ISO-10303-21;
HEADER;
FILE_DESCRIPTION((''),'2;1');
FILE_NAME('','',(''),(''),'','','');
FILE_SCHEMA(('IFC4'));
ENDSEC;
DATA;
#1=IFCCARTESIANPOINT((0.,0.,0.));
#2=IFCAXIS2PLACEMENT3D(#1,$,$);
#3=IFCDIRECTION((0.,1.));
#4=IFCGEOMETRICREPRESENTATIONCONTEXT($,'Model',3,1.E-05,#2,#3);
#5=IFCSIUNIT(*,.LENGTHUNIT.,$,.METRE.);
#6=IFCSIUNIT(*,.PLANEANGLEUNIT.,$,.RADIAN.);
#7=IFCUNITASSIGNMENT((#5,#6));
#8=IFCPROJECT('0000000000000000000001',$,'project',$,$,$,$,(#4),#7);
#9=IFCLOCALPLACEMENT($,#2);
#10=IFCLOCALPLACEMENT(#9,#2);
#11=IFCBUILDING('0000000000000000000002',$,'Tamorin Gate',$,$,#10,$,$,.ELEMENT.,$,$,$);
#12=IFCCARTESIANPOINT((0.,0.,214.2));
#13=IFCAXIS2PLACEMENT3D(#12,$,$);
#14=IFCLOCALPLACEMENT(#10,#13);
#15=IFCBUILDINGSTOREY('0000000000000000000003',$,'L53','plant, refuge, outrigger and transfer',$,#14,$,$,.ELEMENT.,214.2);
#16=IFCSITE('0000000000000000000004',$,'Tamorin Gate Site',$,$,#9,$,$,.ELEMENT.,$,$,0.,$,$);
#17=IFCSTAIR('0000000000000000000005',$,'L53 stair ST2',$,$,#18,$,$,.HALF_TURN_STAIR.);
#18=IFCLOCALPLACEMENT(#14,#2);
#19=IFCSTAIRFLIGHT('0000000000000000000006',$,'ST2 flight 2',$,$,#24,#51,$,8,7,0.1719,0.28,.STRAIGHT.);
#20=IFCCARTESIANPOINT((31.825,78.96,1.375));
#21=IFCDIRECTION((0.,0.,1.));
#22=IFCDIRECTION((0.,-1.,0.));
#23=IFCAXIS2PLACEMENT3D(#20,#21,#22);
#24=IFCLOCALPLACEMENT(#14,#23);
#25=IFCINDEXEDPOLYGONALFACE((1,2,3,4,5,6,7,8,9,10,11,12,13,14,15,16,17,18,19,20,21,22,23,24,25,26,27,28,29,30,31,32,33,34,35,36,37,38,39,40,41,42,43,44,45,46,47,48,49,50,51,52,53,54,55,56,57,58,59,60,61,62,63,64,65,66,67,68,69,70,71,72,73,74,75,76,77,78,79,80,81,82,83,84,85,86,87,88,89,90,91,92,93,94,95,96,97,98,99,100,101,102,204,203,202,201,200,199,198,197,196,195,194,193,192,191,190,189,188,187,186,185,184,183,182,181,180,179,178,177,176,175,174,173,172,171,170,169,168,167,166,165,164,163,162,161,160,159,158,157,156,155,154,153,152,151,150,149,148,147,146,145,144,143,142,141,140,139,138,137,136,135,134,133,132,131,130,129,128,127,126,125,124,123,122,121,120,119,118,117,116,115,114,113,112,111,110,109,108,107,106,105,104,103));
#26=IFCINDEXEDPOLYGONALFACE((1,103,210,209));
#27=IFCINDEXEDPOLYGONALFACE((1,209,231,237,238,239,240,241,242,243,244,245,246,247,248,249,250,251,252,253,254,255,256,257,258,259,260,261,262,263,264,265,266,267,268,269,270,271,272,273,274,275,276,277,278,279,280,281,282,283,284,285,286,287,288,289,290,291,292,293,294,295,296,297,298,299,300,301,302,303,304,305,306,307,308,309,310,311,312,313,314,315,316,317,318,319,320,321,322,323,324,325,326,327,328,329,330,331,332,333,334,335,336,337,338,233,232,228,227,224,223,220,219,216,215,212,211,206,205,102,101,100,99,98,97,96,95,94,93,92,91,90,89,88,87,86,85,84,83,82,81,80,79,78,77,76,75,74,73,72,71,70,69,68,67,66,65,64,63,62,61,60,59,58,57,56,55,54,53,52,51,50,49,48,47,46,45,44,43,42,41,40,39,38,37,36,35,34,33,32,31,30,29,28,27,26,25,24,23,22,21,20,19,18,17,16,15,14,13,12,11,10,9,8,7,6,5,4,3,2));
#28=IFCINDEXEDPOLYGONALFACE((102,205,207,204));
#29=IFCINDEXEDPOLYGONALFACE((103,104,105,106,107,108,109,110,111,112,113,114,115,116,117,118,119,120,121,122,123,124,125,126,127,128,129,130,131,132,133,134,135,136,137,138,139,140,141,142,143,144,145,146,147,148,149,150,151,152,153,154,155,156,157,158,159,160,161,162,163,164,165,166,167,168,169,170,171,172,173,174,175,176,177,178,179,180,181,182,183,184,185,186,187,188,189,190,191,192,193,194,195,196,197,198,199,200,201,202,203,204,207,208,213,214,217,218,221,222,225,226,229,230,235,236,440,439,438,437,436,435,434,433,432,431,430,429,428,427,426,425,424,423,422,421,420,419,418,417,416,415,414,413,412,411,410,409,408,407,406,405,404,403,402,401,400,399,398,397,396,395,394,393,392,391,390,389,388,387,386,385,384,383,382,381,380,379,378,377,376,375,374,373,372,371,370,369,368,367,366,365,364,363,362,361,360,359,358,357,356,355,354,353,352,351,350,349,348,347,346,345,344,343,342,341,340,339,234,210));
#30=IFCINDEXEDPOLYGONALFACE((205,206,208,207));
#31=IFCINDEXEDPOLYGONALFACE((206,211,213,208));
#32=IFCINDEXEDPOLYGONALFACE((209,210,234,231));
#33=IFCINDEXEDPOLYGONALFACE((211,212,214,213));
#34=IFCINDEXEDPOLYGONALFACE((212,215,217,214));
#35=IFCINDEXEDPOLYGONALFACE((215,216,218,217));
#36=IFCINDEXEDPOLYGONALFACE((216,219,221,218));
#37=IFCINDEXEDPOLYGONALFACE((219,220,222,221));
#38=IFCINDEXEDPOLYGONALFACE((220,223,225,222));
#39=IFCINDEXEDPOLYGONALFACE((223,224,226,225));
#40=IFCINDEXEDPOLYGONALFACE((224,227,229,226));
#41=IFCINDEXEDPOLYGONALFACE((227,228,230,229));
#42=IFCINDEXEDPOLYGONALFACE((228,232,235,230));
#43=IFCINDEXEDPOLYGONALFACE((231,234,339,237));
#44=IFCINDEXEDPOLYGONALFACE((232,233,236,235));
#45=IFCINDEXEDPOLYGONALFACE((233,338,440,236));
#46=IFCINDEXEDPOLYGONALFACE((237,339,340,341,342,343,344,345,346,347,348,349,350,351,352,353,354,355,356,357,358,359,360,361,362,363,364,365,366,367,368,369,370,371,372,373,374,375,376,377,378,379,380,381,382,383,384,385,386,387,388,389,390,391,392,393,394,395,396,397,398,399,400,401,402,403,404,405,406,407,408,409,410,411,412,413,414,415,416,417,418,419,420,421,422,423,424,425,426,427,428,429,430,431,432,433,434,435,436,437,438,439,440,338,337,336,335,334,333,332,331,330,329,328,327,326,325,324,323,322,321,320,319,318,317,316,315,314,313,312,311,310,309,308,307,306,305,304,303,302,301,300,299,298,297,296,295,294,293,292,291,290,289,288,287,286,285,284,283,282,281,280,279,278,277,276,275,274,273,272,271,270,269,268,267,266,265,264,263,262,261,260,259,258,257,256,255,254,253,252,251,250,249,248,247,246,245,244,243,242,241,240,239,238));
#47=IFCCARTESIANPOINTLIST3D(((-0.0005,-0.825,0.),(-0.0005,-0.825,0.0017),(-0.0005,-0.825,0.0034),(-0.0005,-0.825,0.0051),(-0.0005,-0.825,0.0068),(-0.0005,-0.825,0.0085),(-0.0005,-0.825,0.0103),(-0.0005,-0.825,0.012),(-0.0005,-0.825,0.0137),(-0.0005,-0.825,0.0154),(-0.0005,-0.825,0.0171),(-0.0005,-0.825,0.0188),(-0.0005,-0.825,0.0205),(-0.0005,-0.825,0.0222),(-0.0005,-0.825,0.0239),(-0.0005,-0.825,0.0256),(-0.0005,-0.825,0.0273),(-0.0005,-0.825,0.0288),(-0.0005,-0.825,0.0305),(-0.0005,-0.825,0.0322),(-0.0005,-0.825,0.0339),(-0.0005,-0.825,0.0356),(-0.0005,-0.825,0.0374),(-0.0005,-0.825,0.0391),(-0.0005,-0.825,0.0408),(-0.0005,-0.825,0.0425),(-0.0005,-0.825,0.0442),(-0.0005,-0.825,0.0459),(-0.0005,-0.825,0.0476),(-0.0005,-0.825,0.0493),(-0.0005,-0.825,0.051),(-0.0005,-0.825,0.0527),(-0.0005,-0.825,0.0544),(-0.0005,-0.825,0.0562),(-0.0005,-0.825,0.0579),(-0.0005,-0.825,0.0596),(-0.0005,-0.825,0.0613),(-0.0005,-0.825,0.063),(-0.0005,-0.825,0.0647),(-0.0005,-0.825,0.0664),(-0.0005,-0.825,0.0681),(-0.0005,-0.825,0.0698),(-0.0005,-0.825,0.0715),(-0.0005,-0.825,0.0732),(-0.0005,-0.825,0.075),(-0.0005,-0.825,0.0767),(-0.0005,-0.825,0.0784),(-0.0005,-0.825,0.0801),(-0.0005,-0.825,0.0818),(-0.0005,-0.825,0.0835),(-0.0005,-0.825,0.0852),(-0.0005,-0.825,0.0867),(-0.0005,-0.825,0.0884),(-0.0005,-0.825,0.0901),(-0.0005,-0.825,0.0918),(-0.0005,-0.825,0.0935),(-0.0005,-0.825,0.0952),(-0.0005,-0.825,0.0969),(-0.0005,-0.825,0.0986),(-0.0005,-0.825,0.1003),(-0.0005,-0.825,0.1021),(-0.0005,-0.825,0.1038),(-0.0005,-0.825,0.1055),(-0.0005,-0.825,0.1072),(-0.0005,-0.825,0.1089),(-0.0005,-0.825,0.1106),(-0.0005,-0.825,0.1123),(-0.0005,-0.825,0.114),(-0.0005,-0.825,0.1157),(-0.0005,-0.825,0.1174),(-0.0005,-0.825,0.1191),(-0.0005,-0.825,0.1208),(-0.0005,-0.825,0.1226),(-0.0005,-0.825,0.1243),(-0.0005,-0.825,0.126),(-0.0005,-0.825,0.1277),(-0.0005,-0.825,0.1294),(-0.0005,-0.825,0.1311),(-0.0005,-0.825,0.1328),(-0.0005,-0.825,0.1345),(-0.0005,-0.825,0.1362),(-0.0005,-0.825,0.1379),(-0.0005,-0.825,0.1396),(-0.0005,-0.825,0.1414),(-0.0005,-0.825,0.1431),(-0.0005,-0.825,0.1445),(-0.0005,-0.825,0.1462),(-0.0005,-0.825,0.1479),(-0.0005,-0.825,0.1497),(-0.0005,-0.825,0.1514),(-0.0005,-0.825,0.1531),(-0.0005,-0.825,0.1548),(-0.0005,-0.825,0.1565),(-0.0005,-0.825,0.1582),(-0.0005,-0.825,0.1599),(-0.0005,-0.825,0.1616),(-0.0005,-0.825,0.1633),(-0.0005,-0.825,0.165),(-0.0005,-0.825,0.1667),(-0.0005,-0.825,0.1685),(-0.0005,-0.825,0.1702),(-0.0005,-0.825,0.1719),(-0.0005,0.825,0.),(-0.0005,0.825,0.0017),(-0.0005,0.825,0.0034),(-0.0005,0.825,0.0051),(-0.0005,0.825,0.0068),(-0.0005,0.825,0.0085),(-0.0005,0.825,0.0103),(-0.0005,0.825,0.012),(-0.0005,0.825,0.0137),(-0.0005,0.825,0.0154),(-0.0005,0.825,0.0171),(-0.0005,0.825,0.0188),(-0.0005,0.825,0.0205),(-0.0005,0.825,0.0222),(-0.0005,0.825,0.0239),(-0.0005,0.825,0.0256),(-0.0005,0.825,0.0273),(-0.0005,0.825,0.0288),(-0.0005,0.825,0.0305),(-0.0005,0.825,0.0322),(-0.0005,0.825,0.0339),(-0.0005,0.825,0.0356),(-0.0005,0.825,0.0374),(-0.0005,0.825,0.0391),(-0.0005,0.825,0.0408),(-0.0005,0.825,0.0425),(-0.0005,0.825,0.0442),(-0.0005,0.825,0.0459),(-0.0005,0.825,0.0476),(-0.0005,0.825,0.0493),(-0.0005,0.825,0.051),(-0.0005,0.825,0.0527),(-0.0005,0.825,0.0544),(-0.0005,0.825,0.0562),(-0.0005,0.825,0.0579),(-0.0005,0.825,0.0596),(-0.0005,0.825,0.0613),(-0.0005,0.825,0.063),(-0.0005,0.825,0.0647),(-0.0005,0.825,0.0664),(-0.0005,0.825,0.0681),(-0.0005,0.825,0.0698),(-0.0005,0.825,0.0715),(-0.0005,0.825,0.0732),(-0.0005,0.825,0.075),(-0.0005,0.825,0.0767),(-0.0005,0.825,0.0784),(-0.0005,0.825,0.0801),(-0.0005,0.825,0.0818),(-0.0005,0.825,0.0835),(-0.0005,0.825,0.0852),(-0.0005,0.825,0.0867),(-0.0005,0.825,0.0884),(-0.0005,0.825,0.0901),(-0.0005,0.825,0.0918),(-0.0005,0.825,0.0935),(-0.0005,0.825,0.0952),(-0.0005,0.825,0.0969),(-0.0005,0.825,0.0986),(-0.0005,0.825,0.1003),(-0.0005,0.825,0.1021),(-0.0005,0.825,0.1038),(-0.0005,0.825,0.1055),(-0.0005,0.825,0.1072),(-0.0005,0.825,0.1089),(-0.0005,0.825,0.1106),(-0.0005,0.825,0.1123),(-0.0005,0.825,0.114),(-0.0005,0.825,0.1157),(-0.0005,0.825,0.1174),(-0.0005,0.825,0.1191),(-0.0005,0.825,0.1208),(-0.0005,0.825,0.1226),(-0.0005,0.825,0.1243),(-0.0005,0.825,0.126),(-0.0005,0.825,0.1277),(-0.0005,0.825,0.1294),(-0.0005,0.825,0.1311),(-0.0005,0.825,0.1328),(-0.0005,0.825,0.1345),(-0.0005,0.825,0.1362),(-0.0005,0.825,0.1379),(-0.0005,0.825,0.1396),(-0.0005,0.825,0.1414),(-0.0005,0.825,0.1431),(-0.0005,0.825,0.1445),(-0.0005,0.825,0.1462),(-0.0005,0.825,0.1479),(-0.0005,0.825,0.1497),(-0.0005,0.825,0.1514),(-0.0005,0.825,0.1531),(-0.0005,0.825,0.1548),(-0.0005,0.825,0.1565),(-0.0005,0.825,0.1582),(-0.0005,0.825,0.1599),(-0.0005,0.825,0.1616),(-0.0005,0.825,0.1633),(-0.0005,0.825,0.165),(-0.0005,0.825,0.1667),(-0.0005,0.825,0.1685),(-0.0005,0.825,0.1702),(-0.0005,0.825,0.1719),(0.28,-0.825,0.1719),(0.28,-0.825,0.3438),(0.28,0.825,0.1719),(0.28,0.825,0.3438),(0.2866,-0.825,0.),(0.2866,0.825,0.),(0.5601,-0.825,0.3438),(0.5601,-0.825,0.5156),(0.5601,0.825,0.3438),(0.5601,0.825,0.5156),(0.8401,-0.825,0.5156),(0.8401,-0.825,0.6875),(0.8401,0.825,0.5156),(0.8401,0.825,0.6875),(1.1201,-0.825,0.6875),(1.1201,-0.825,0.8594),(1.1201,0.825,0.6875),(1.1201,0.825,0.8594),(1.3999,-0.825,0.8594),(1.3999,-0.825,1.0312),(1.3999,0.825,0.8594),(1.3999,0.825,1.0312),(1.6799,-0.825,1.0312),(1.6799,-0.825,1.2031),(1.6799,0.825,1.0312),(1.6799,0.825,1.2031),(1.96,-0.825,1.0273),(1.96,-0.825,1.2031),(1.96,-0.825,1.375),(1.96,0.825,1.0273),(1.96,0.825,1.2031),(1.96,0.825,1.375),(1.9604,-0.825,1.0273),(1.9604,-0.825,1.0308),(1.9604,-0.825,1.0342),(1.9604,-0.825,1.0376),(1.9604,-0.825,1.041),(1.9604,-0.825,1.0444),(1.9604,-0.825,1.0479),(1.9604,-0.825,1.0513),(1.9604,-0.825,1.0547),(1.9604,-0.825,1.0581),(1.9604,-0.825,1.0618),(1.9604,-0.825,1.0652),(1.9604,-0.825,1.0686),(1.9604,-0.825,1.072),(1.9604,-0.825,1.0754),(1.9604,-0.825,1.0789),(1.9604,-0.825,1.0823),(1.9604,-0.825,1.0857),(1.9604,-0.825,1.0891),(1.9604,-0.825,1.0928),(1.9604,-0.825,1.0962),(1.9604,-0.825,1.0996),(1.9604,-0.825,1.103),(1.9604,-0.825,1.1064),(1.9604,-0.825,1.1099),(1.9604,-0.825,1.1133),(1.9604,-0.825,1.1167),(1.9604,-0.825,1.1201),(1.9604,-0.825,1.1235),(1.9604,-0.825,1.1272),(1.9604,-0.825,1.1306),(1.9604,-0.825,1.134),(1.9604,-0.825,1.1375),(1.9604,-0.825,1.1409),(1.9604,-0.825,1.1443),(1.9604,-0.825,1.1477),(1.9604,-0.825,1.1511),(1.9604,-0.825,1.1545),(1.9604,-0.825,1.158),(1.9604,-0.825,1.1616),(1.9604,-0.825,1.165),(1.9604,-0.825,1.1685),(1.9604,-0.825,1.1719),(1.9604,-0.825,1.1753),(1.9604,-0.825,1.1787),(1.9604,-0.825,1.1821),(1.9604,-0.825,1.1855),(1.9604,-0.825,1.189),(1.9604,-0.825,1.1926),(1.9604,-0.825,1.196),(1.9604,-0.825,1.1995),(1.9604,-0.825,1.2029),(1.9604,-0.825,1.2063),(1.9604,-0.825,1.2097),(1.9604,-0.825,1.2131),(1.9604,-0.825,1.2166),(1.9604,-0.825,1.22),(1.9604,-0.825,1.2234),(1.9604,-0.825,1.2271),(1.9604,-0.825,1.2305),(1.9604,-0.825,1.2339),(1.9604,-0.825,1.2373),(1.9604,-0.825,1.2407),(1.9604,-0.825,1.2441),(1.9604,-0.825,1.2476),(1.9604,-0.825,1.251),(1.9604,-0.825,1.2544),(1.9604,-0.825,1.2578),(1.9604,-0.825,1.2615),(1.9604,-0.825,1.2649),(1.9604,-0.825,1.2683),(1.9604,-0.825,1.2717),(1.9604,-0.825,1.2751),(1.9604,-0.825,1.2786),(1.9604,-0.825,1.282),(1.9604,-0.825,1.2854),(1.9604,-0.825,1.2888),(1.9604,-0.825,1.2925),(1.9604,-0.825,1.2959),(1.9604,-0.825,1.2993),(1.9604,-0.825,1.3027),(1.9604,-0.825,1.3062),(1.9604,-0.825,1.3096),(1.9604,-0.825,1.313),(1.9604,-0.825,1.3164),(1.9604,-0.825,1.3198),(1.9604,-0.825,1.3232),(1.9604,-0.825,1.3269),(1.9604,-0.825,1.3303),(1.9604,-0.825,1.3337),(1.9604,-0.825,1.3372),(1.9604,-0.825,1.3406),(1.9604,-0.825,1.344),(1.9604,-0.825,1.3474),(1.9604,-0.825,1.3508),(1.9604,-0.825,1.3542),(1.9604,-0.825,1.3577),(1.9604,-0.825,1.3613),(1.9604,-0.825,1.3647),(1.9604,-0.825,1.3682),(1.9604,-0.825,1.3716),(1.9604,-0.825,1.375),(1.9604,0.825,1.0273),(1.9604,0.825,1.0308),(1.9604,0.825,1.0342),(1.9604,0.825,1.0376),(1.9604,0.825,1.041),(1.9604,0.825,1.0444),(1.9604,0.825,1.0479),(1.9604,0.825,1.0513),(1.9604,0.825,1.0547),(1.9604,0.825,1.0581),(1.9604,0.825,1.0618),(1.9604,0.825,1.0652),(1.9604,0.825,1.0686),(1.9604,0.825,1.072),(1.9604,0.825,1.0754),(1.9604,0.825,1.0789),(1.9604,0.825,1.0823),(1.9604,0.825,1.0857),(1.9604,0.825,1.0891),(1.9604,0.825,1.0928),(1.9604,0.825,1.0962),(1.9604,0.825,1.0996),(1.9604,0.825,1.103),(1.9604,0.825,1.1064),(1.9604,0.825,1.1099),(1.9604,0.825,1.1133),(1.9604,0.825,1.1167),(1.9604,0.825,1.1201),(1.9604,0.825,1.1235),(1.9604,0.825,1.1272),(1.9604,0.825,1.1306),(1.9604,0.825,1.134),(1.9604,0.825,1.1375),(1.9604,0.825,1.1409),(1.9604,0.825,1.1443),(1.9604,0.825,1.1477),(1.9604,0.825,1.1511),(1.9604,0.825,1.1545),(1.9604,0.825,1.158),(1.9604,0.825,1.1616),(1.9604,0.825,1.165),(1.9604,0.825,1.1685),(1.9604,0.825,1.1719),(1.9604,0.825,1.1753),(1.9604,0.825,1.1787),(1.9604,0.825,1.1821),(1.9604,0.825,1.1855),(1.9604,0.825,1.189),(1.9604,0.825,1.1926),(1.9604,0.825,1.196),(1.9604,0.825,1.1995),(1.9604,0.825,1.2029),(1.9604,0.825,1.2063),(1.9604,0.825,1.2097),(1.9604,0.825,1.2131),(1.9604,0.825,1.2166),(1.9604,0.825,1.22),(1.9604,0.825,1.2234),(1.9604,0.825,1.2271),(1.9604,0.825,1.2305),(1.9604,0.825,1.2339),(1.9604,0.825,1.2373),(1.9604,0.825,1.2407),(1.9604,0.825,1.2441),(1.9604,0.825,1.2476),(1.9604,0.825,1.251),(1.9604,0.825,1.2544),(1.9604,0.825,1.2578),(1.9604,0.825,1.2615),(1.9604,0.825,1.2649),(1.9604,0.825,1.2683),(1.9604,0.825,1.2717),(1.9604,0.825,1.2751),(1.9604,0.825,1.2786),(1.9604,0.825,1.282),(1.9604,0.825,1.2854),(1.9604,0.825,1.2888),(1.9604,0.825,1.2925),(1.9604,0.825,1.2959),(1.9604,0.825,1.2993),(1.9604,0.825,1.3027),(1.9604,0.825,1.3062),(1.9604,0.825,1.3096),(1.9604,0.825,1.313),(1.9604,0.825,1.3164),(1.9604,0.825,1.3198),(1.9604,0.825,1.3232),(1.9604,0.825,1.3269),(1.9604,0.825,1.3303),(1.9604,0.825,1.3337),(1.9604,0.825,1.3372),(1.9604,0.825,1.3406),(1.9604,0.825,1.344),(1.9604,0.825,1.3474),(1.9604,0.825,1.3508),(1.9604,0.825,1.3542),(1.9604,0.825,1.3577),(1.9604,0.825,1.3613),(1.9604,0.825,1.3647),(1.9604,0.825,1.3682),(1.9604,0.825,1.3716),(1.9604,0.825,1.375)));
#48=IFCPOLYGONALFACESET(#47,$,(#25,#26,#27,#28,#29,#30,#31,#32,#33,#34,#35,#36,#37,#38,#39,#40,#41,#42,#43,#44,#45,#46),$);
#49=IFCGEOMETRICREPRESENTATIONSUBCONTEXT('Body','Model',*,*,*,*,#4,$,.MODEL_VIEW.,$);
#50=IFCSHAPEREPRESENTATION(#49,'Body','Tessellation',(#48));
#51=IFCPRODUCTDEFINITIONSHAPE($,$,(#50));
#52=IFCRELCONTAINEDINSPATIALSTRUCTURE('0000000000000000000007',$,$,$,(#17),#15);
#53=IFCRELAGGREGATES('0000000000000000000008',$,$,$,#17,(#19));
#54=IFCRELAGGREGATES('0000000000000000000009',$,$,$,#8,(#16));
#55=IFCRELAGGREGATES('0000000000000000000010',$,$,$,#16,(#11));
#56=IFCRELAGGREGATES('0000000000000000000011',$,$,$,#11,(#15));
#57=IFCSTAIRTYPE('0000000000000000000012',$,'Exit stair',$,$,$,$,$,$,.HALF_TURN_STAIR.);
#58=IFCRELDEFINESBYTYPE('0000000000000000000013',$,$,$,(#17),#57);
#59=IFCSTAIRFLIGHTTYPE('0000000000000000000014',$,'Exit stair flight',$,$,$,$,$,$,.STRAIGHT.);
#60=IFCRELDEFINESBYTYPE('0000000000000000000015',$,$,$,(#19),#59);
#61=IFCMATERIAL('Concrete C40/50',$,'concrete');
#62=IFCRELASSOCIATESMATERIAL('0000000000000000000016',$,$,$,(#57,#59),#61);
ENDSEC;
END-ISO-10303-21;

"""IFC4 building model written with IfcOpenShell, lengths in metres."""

from ifc_helpers import new_model, si_unit, direction, frame, origin, place, context, subcontext, project, spatial, polyline, outline, extrude, material, type_object, element, aggregate, save


model = new_model("IFC4")

# Units and contexts
model_context = context("Model", 3, precision=1e-05, world=origin(), true_north=direction((0.0, 1.0)))
body_context = subcontext(model_context, "Body", "Model", "MODEL_VIEW")
ifc_project = project(units=[si_unit("LENGTHUNIT", "METRE"), si_unit("PLANEANGLEUNIT", "RADIAN")], contexts=[model_context])

# Site, building, storey
site_placement = place(None, origin())
site = spatial("IfcSite", under=ifc_project, at=site_placement, Name="Tamorin Gate Site", CompositionType="ELEMENT", RefElevation=0.0)
building_placement = place(site_placement, origin())
building = spatial("IfcBuilding", under=site, at=building_placement, Name="Tamorin Gate", CompositionType="ELEMENT")
storey_placement = place(building_placement, frame((0.0, 0.0, 214.2)))
storey = spatial("IfcBuildingStorey", under=building, at=storey_placement, Name="L53", Description="plant, refuge, outrigger and transfer", CompositionType="ELEMENT", Elevation=214.2)

# Shared definitions
ifc_material_1 = material(Name="Concrete C40/50", Category="concrete")

# Stair, stair flight
stair_type = type_object("IfcStairType", Name="Exit stair", PredefinedType="HALF_TURN_STAIR", material=ifc_material_1)
stair_placement = place(storey_placement, origin())
stair = element("IfcStair", 1, at=stair_placement, inside=storey, type_object=stair_type, Name="L53 stair ST2", PredefinedType="HALF_TURN_STAIR")
stair_flight_type = type_object("IfcStairFlightType", Name="Exit stair flight", PredefinedType="STRAIGHT", material=ifc_material_1)
stair_flight_1_placement = place(storey_placement, frame((31.825, 78.96, 1.375), z_axis=(0.0, 0.0, 1.0), x_axis=(0.0, -1.0, 0.0)))
stair_flight_1 = element("IfcStairFlight", 2, at=stair_flight_1_placement, type_object=stair_flight_type, Name="ST2 flight 2", NumberOfRisers=8, NumberOfTreads=7, PredefinedType="STRAIGHT", RiserHeight=0.1719, TreadLength=0.28, context=body_context, shape_type="SweptSolid", body=[
    extrude(outline(polyline([(-0.0005, 0.0), (-0.0005, 0.0017), (-0.0005, 0.0034), (-0.0005, 0.0051), (-0.0005, 0.0068), (-0.0005, 0.0085), (-0.0005, 0.0103), (-0.0005, 0.012), (-0.0005, 0.0137), (-0.0005, 0.0154), (-0.0005, 0.0171), (-0.0005, 0.0188), (-0.0005, 0.0205), (-0.0005, 0.0222), (-0.0005, 0.0239), (-0.0005, 0.0256), (-0.0005, 0.0273), (-0.0005, 0.0288), (-0.0005, 0.0305), (-0.0005, 0.0322), (-0.0005, 0.0339), (-0.0005, 0.0356), (-0.0005, 0.0374), (-0.0005, 0.0391), (-0.0005, 0.0408), (-0.0005, 0.0425), (-0.0005, 0.0442), (-0.0005, 0.0459), (-0.0005, 0.0476), (-0.0005, 0.0493), (-0.0005, 0.051), (-0.0005, 0.0527), (-0.0005, 0.0544), (-0.0005, 0.0562), (-0.0005, 0.0579), (-0.0005, 0.0596), (-0.0005, 0.0613), (-0.0005, 0.063), (-0.0005, 0.0647), (-0.0005, 0.0664), (-0.0005, 0.0681), (-0.0005, 0.0698), (-0.0005, 0.0715), (-0.0005, 0.0732), (-0.0005, 0.075), (-0.0005, 0.0767), (-0.0005, 0.0784), (-0.0005, 0.0801), (-0.0005, 0.0818), (-0.0005, 0.0835), (-0.0005, 0.0852), (-0.0005, 0.0867), (-0.0005, 0.0884), (-0.0005, 0.0901), (-0.0005, 0.0918), (-0.0005, 0.0935), (-0.0005, 0.0952), (-0.0005, 0.0969), (-0.0005, 0.0986), (-0.0005, 0.1003), (-0.0005, 0.1021), (-0.0005, 0.1038), (-0.0005, 0.1055), (-0.0005, 0.1072), (-0.0005, 0.1089), (-0.0005, 0.1106), (-0.0005, 0.1123), (-0.0005, 0.114), (-0.0005, 0.1157), (-0.0005, 0.1174), (-0.0005, 0.1191), (-0.0005, 0.1208), (-0.0005, 0.1226), (-0.0005, 0.1243), (-0.0005, 0.126), (-0.0005, 0.1277), (-0.0005, 0.1294), (-0.0005, 0.1311), (-0.0005, 0.1328), (-0.0005, 0.1345), (-0.0005, 0.1362), (-0.0005, 0.1379), (-0.0005, 0.1396), (-0.0005, 0.1414), (-0.0005, 0.1431), (-0.0005, 0.1445), (-0.0005, 0.1462), (-0.0005, 0.1479), (-0.0005, 0.1497), (-0.0005, 0.1514), (-0.0005, 0.1531), (-0.0005, 0.1548), (-0.0005, 0.1565), (-0.0005, 0.1582), (-0.0005, 0.1599), (-0.0005, 0.1616), (-0.0005, 0.1633), (-0.0005, 0.165), (-0.0005, 0.1667), (-0.0005, 0.1685), (-0.0005, 0.1702), (-0.0005, 0.1719), (0.28, 0.1719), (0.28, 0.3438), (0.5601, 0.3438), (0.5601, 0.5156), (0.8401, 0.5156), (0.8401, 0.6875), (1.1201, 0.6875), (1.1201, 0.8594), (1.3999, 0.8594), (1.3999, 1.0312), (1.6799, 1.0312), (1.6799, 1.2031), (1.96, 1.2031), (1.96, 1.375), (1.9604, 1.375), (1.9604, 1.3716), (1.9604, 1.3682), (1.9604, 1.3647), (1.9604, 1.3613), (1.9604, 1.3577), (1.9604, 1.3542), (1.9604, 1.3508), (1.9604, 1.3474), (1.9604, 1.344), (1.9604, 1.3406), (1.9604, 1.3372), (1.9604, 1.3337), (1.9604, 1.3303), (1.9604, 1.3269), (1.9604, 1.3232), (1.9604, 1.3198), (1.9604, 1.3164), (1.9604, 1.313), (1.9604, 1.3096), (1.9604, 1.3062), (1.9604, 1.3027), (1.9604, 1.2993), (1.9604, 1.2959), (1.9604, 1.2925), (1.9604, 1.2888), (1.9604, 1.2854), (1.9604, 1.282), (1.9604, 1.2786), (1.9604, 1.2751), (1.9604, 1.2717), (1.9604, 1.2683), (1.9604, 1.2649), (1.9604, 1.2615), (1.9604, 1.2578), (1.9604, 1.2544), (1.9604, 1.251), (1.9604, 1.2476), (1.9604, 1.2441), (1.9604, 1.2407), (1.9604, 1.2373), (1.9604, 1.2339), (1.9604, 1.2305), (1.9604, 1.2271), (1.9604, 1.2234), (1.9604, 1.22), (1.9604, 1.2166), (1.9604, 1.2131), (1.9604, 1.2097), (1.9604, 1.2063), (1.9604, 1.2029), (1.9604, 1.1995), (1.9604, 1.196), (1.9604, 1.1926), (1.9604, 1.189), (1.9604, 1.1855), (1.9604, 1.1821), (1.9604, 1.1787), (1.9604, 1.1753), (1.9604, 1.1719), (1.9604, 1.1685), (1.9604, 1.165), (1.9604, 1.1616), (1.9604, 1.158), (1.9604, 1.1545), (1.9604, 1.1511), (1.9604, 1.1477), (1.9604, 1.1443), (1.9604, 1.1409), (1.9604, 1.1375), (1.9604, 1.134), (1.9604, 1.1306), (1.9604, 1.1272), (1.9604, 1.1235), (1.9604, 1.1201), (1.9604, 1.1167), (1.9604, 1.1133), (1.9604, 1.1099), (1.9604, 1.1064), (1.9604, 1.103), (1.9604, 1.0996), (1.9604, 1.0962), (1.9604, 1.0928), (1.9604, 1.0891), (1.9604, 1.0857), (1.9604, 1.0823), (1.9604, 1.0789), (1.9604, 1.0754), (1.9604, 1.072), (1.9604, 1.0686), (1.9604, 1.0652), (1.9604, 1.0618), (1.9604, 1.0581), (1.9604, 1.0547), (1.9604, 1.0513), (1.9604, 1.0479), (1.9604, 1.0444), (1.9604, 1.041), (1.9604, 1.0376), (1.9604, 1.0342), (1.9604, 1.0308), (1.9604, 1.0273), (1.96, 1.0273), (0.2866, 0.0), (-0.0005, 0.0)])), frame((0.0, 0.825, 0.0), z_axis=(0.0, -1.0, 0.0), x_axis=(1.0, 0.0, 0.0)), (0.0, 0.0, 1.0), 1.6499),
])
aggregate(stair, [stair_flight_1])

save(model, "model.ifc")
